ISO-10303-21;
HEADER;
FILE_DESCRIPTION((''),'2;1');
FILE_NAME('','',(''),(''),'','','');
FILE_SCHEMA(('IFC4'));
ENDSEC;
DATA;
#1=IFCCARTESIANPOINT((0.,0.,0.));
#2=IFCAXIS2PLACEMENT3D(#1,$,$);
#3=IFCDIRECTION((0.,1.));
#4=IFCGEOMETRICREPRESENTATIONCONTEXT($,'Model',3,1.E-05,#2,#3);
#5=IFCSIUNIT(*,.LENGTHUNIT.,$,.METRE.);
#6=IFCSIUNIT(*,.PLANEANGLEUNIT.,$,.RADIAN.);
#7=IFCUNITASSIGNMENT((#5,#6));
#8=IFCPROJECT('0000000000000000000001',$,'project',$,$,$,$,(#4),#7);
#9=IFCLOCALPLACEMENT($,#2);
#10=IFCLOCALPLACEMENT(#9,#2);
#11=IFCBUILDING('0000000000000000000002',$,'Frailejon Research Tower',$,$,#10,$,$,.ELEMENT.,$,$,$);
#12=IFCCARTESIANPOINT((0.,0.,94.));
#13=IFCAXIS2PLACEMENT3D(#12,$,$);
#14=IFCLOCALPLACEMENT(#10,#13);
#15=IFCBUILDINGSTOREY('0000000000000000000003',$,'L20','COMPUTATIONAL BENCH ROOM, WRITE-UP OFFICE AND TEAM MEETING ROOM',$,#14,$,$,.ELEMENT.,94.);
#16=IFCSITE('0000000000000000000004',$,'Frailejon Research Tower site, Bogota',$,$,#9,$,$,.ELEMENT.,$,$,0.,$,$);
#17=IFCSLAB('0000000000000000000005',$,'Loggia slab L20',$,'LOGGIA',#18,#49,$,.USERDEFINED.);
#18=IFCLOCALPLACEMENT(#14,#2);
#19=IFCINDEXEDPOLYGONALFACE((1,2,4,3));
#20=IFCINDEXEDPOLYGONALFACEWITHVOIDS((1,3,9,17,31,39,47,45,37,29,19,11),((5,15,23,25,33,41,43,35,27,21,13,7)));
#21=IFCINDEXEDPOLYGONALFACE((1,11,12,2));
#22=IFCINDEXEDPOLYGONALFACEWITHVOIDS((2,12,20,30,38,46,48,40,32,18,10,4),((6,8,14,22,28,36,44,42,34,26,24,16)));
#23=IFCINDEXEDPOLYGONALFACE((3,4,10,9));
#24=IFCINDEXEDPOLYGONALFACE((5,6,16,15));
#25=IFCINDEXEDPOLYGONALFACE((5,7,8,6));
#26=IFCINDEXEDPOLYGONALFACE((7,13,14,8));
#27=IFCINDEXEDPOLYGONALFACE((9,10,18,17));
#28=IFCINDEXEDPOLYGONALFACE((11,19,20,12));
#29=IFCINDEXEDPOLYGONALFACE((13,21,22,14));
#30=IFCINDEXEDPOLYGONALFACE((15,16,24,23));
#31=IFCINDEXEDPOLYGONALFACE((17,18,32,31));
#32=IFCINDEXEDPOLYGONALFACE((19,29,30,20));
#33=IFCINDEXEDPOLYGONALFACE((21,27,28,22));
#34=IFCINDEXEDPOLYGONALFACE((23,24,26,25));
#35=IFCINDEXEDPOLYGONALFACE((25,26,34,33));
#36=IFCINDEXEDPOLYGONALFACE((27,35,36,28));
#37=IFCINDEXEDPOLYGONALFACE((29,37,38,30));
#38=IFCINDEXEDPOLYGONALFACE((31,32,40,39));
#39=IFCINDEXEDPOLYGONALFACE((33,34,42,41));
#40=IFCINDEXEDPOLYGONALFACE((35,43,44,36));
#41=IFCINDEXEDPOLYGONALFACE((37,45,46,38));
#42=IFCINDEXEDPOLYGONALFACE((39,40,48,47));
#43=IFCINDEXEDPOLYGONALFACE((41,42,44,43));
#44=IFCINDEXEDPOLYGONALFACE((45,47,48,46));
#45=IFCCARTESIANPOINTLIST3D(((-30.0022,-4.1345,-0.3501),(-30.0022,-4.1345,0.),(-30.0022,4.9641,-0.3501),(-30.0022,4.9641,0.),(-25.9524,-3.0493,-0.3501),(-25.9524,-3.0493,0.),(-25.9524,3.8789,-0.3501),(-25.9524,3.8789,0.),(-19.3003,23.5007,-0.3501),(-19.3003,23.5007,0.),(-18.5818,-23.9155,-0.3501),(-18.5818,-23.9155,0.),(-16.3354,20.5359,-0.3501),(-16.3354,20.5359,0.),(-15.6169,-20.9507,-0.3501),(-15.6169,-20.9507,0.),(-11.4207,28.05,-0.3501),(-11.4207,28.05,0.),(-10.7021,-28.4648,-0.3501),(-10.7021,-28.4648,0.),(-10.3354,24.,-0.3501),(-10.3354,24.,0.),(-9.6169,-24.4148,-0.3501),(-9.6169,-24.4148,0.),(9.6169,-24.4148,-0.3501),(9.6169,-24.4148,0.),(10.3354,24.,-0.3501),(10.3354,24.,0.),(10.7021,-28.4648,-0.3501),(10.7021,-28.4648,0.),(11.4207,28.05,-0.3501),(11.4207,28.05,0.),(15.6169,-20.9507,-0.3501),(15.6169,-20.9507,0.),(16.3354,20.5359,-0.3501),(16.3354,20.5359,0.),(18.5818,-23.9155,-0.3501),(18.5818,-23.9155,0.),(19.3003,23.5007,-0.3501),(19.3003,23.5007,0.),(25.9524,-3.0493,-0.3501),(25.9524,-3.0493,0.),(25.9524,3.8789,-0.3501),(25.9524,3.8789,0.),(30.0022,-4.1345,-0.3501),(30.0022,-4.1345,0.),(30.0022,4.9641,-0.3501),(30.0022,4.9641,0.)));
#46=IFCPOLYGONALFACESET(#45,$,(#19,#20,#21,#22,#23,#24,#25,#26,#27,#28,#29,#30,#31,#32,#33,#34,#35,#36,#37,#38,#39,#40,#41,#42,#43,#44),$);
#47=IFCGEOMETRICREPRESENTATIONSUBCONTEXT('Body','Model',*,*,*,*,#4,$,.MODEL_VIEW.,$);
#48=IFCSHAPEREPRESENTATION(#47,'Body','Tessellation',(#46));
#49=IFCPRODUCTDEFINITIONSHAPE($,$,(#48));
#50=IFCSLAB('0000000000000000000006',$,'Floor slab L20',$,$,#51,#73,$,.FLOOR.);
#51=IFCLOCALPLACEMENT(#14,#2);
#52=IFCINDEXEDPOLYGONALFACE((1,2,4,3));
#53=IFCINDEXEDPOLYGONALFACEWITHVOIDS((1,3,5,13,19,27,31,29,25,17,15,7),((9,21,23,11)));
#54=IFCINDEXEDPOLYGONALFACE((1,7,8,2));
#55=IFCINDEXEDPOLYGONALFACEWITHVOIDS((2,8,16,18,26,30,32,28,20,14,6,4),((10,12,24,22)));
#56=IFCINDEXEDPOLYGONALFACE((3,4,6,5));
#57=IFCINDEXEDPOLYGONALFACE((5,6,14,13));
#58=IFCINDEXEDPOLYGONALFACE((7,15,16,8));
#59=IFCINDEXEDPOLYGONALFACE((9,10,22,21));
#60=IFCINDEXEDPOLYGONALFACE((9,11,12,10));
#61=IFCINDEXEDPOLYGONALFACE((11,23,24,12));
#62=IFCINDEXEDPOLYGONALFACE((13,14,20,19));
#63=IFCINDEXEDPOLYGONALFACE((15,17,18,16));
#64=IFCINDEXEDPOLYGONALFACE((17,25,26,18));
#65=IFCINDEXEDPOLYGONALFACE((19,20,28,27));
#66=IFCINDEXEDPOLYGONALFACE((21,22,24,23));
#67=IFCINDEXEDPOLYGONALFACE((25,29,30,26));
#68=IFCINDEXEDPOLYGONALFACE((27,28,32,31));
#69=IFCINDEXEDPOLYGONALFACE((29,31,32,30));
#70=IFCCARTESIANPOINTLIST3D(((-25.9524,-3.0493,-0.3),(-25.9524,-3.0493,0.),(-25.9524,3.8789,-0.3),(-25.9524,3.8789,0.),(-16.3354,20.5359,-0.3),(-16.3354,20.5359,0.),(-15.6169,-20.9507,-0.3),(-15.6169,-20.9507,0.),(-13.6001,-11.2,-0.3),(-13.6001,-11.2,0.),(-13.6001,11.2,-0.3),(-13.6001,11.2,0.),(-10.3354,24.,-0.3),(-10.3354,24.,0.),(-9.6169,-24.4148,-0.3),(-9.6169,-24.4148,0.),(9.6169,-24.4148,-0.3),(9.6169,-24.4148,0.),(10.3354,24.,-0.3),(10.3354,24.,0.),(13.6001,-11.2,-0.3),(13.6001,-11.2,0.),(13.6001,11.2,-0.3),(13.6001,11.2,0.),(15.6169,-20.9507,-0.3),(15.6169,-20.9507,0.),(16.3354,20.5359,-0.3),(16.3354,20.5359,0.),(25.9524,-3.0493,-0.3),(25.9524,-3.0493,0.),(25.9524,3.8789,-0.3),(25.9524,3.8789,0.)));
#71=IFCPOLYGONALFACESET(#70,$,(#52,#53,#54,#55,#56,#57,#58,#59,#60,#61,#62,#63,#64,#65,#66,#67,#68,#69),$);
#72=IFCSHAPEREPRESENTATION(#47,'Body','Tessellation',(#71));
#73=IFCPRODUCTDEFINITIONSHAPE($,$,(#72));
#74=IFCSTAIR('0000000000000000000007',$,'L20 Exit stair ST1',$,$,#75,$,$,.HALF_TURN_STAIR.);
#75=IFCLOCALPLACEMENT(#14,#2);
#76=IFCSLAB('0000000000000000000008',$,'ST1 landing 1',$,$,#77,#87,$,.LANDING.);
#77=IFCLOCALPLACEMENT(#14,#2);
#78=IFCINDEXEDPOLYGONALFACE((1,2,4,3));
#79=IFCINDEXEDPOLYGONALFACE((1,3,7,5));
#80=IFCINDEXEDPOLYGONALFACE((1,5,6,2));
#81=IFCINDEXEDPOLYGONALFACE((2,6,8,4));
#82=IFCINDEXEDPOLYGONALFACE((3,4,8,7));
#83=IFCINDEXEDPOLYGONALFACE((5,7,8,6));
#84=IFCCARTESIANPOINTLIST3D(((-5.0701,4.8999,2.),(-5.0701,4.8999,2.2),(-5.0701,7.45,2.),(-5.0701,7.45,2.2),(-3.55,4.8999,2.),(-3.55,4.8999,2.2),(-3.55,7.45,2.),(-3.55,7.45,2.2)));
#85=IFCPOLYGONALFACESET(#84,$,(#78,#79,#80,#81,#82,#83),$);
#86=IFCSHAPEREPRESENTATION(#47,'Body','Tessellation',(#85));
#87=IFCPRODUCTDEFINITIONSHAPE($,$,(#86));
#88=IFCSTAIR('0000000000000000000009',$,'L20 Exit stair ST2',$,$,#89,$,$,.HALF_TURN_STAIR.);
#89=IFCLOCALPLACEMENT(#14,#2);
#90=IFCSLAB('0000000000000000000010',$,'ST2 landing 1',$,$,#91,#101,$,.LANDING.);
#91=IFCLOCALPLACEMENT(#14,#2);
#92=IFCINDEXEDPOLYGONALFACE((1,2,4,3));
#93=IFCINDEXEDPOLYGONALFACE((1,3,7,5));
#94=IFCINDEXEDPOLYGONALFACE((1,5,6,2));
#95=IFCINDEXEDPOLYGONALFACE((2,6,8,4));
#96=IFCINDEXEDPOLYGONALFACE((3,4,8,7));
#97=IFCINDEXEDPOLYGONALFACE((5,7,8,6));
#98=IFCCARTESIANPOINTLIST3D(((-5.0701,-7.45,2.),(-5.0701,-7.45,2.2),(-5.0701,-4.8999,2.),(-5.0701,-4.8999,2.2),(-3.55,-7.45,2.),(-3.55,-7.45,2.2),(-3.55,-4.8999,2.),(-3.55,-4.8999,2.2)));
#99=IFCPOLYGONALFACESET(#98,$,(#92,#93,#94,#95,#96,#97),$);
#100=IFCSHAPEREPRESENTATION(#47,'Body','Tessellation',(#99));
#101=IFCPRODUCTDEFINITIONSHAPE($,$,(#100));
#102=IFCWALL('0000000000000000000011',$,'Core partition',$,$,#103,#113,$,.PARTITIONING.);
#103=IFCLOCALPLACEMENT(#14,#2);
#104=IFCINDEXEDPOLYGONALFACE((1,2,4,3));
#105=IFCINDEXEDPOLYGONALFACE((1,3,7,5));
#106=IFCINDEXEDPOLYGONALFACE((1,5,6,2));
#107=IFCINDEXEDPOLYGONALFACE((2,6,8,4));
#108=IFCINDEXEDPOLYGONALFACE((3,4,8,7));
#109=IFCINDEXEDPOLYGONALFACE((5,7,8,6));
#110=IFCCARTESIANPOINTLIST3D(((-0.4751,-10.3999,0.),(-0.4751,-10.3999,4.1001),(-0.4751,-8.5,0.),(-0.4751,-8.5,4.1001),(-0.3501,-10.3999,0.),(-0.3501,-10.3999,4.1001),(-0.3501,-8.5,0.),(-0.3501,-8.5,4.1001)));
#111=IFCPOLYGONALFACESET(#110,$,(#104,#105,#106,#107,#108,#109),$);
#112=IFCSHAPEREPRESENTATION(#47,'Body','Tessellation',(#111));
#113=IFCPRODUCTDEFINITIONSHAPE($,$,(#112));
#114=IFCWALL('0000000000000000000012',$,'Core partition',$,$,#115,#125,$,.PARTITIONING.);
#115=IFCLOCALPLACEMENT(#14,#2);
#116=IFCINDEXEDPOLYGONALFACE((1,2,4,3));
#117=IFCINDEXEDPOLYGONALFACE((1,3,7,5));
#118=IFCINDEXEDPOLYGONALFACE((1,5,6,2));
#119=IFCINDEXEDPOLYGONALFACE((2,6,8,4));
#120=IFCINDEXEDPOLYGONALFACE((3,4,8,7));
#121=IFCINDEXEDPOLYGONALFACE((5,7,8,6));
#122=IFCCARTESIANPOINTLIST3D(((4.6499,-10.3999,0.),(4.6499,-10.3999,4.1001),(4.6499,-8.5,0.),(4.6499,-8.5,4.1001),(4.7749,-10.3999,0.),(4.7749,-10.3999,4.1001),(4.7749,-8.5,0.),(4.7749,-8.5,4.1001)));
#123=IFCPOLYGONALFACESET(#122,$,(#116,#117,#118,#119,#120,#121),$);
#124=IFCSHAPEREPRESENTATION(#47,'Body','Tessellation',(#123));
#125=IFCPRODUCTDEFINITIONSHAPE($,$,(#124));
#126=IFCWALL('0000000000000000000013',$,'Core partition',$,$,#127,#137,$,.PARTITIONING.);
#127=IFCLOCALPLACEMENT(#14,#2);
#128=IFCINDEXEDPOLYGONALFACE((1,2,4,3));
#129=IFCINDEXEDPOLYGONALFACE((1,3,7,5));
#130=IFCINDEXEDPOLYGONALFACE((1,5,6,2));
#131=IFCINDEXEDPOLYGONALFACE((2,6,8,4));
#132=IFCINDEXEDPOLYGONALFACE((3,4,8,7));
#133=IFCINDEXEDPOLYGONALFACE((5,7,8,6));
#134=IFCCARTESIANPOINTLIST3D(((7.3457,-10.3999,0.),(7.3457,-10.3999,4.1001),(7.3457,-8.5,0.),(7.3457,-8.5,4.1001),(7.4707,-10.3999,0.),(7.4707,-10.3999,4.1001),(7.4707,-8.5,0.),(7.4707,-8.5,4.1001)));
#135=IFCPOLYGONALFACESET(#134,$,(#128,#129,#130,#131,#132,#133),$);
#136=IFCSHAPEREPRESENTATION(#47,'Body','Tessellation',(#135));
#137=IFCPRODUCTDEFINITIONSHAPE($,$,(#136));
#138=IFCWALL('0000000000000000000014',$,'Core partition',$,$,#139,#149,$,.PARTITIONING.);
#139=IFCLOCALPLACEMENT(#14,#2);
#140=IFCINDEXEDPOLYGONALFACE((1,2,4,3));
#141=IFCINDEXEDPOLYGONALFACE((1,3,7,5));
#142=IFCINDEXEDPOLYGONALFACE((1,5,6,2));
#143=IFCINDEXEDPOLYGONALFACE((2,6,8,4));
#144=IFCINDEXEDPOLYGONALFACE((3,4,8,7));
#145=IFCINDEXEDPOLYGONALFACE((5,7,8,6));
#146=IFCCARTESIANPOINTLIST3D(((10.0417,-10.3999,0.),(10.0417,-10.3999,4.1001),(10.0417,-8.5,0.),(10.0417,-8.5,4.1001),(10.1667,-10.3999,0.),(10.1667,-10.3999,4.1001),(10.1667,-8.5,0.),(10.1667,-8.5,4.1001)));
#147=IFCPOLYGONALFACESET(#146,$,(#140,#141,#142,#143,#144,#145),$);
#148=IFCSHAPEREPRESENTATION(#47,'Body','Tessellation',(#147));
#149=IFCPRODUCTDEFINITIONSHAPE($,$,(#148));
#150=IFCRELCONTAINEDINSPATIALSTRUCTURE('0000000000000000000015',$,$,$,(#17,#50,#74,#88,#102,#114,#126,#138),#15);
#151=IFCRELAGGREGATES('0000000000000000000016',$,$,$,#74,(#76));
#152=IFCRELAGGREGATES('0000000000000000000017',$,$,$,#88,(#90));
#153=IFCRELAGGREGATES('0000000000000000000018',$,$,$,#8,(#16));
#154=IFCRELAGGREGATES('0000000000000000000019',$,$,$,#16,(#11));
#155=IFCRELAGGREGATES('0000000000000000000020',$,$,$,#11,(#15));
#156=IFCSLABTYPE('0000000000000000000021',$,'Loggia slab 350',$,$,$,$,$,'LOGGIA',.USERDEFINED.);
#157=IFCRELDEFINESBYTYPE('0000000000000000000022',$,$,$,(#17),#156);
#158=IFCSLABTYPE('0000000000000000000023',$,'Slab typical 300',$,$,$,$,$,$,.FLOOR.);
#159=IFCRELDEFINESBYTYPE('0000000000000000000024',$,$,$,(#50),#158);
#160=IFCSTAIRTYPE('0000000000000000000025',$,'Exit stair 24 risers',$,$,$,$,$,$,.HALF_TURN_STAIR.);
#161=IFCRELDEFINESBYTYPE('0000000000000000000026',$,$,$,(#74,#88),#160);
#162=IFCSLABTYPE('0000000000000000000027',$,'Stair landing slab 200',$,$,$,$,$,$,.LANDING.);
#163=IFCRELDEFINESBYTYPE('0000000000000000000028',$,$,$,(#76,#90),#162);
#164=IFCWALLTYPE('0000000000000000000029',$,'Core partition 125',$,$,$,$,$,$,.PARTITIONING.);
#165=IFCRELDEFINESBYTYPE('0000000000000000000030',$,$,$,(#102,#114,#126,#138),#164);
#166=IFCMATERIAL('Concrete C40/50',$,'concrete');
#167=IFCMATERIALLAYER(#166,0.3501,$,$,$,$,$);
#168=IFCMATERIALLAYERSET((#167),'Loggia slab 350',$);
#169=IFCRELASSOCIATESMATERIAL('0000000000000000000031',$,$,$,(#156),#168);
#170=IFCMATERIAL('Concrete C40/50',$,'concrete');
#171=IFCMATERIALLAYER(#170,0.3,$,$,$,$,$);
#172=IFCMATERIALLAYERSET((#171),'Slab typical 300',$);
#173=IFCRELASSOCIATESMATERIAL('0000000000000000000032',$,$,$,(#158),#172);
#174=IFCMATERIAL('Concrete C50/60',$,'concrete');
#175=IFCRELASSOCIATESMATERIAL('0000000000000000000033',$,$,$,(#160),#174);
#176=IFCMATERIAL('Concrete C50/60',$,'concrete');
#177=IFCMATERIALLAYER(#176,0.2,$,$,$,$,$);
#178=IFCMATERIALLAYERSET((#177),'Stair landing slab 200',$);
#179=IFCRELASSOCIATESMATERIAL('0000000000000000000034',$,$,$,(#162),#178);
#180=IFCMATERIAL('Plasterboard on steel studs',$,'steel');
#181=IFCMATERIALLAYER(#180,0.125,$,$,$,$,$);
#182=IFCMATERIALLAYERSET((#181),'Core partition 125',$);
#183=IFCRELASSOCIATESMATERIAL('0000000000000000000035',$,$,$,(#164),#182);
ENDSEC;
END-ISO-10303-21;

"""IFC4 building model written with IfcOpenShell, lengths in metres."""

from ifc_helpers import new_model, si_unit, direction, frame, frame_2d, origin, place, context, subcontext, project, spatial, polyline, rectangle, outline, extrude, material, layer, layer_set, type_object, element, aggregate, save


model = new_model("IFC4")

# Units and contexts
model_context = context("Model", 3, precision=1e-05, world=origin(), true_north=direction((0.0, 1.0)))
body_context = subcontext(model_context, "Body", "Model", "MODEL_VIEW")
ifc_project = project(units=[si_unit("LENGTHUNIT", "METRE"), si_unit("PLANEANGLEUNIT", "RADIAN")], contexts=[model_context])

# Site, building, storey
site_placement = place(None, origin())
site = spatial("IfcSite", under=ifc_project, at=site_placement, Name="Frailejon Research Tower site, Bogota", CompositionType="ELEMENT", RefElevation=0.0)
building_placement = place(site_placement, origin())
building = spatial("IfcBuilding", under=site, at=building_placement, Name="Frailejon Research Tower", CompositionType="ELEMENT")
storey_placement = place(building_placement, frame((0.0, 0.0, 94.0)))
storey = spatial("IfcBuildingStorey", under=building, at=storey_placement, Name="L20", Description="COMPUTATIONAL BENCH ROOM, WRITE-UP OFFICE AND TEAM MEETING ROOM", CompositionType="ELEMENT", Elevation=94.0)

# Slabs
ifc_material_1 = material(Name="Concrete C40/50", Category="concrete")
ifc_layer_1 = layer(ifc_material_1, 0.3501)
ifc_layer_set_1 = layer_set([ifc_layer_1], Name="Loggia slab 350")
slab_type_1 = type_object("IfcSlabType", Name="Loggia slab 350", ElementType="LOGGIA", PredefinedType="USERDEFINED", material=ifc_layer_set_1)
slab_1_placement = place(storey_placement, frame((0.0, 0.0, -0.3501)))
element("IfcSlab", 1, at=slab_1_placement, inside=storey, type_object=slab_type_1, Name="Loggia slab L20", ObjectType="LOGGIA", PredefinedType="USERDEFINED", context=body_context, shape_type="SweptSolid", body=[
    extrude(outline(polyline([(18.5818, -23.9155), (10.7021, -28.4648), (-10.7021, -28.4648), (-18.5818, -23.9155), (-30.0022, -4.1345), (-30.0022, 4.9641), (-19.3003, 23.5007), (-11.4207, 28.05), (11.4207, 28.05), (19.3003, 23.5007), (30.0022, 4.9641), (30.0022, -4.1345), (18.5818, -23.9155)]), holes=[polyline([(25.9524, 3.8789), (16.3354, 20.5359), (10.3354, 24.0), (-10.3354, 24.0), (-16.3354, 20.5359), (-25.9524, 3.8789), (-25.9524, -3.0493), (-15.6169, -20.9507), (-9.6169, -24.4148), (9.6169, -24.4148), (15.6169, -20.9507), (25.9524, -3.0493), (25.9524, 3.8789)])]), origin(), (0.0, 0.0, 1.0), 0.3501),
])
ifc_material_2 = material(Name="Concrete C40/50", Category="concrete")
ifc_layer_2 = layer(ifc_material_2, 0.3)
ifc_layer_set_2 = layer_set([ifc_layer_2], Name="Slab typical 300")
slab_type_2 = type_object("IfcSlabType", Name="Slab typical 300", PredefinedType="FLOOR", material=ifc_layer_set_2)
slab_2_placement = place(storey_placement, frame((0.0, 0.0, -0.3)))
element("IfcSlab", 2, at=slab_2_placement, inside=storey, type_object=slab_type_2, Name="Floor slab L20", PredefinedType="FLOOR", context=body_context, shape_type="SweptSolid", body=[
    extrude(outline(polyline([(25.9524, -3.0493), (25.9524, 3.8789), (16.3354, 20.5359), (10.3354, 24.0), (-10.3354, 24.0), (-16.3354, 20.5359), (-25.9524, 3.8789), (-25.9524, -3.0493), (-15.6169, -20.9507), (-9.6169, -24.4148), (9.6169, -24.4148), (15.6169, -20.9507), (25.9524, -3.0493)]), holes=[polyline([(13.6001, -11.2), (-13.6001, -11.2), (-13.6001, 11.2), (13.6001, 11.2), (13.6001, -11.2)])]), origin(), (0.0, 0.0, 1.0), 0.3),
])

# Stairs, slabs
ifc_material_3 = material(Name="Concrete C50/60", Category="concrete")
stair_type = type_object("IfcStairType", Name="Exit stair 24 risers", PredefinedType="HALF_TURN_STAIR", material=ifc_material_3)
stair_1_placement = place(storey_placement, origin())
stair_1 = element("IfcStair", 3, at=stair_1_placement, inside=storey, type_object=stair_type, Name="L20 Exit stair ST1", PredefinedType="HALF_TURN_STAIR")
ifc_material_4 = material(Name="Concrete C50/60", Category="concrete")
ifc_layer_3 = layer(ifc_material_4, 0.2)
ifc_layer_set_3 = layer_set([ifc_layer_3], Name="Stair landing slab 200")
slab_type_3 = type_object("IfcSlabType", Name="Stair landing slab 200", PredefinedType="LANDING", material=ifc_layer_set_3)
slab_3_placement = place(storey_placement, frame((0.0, 0.0, 2.0)))
slab_3 = element("IfcSlab", 4, at=slab_3_placement, type_object=slab_type_3, Name="ST1 landing 1", PredefinedType="LANDING", context=body_context, shape_type="SweptSolid", body=[
    extrude(outline(polyline([(-5.0701, 4.8999), (-3.55, 4.8999), (-3.55, 7.45), (-5.0701, 7.45), (-5.0701, 4.8999)])), origin(), (0.0, 0.0, 1.0), 0.2),
])
aggregate(stair_1, [slab_3])
stair_2_placement = place(storey_placement, origin())
stair_2 = element("IfcStair", 5, at=stair_2_placement, inside=storey, type_object=stair_type, Name="L20 Exit stair ST2", PredefinedType="HALF_TURN_STAIR")
slab_4_placement = place(storey_placement, frame((0.0, 0.0, 2.0)))
slab_4 = element("IfcSlab", 6, at=slab_4_placement, type_object=slab_type_3, Name="ST2 landing 1", PredefinedType="LANDING", context=body_context, shape_type="SweptSolid", body=[
    extrude(outline(polyline([(-5.0701, -7.45), (-3.55, -7.45), (-3.55, -4.8999), (-5.0701, -4.8999), (-5.0701, -7.45)])), origin(), (0.0, 0.0, 1.0), 0.2),
])
aggregate(stair_2, [slab_4])

# Walls
ifc_material_5 = material(Name="Plasterboard on steel studs", Category="steel")
ifc_layer_4 = layer(ifc_material_5, 0.125)
ifc_layer_set_4 = layer_set([ifc_layer_4], Name="Core partition 125")
wall_type_1 = type_object("IfcWallType", Name="Core partition 125", PredefinedType="PARTITIONING", material=ifc_layer_set_4)
for number, where, z_axis, x_axis, name in (
    (7, (-0.4126, -10.3999, 0.0), (0.0, 0.0, 1.0), (0.0, 1.0, 0.0), "Core partition"),
    (8, (4.7124, -10.3999, 0.0), (0.0, 0.0, 1.0), (0.0, 1.0, 0.0), "Core partition"),
    (9, (7.4082, -10.3999, 0.0), (0.0, 0.0, 1.0), (0.0, 1.0, 0.0), "Core partition"),
    (10, (10.1042, -10.3999, 0.0), (0.0, 0.0, 1.0), (0.0, 1.0, 0.0), "Core partition"),
):
    element("IfcWall", number, at=place(storey_placement, frame(where, z_axis=z_axis, x_axis=x_axis)), inside=storey, type_object=wall_type_1, Name=name, PredefinedType="PARTITIONING", context=body_context, shape_type="SweptSolid", body=[
        extrude(rectangle(XDim=1.8999, YDim=0.125, at=frame_2d((0.95, 0.0))), origin(), (0.0, 0.0, 1.0), 4.1001),
    ])

save(model, "model.ifc")
